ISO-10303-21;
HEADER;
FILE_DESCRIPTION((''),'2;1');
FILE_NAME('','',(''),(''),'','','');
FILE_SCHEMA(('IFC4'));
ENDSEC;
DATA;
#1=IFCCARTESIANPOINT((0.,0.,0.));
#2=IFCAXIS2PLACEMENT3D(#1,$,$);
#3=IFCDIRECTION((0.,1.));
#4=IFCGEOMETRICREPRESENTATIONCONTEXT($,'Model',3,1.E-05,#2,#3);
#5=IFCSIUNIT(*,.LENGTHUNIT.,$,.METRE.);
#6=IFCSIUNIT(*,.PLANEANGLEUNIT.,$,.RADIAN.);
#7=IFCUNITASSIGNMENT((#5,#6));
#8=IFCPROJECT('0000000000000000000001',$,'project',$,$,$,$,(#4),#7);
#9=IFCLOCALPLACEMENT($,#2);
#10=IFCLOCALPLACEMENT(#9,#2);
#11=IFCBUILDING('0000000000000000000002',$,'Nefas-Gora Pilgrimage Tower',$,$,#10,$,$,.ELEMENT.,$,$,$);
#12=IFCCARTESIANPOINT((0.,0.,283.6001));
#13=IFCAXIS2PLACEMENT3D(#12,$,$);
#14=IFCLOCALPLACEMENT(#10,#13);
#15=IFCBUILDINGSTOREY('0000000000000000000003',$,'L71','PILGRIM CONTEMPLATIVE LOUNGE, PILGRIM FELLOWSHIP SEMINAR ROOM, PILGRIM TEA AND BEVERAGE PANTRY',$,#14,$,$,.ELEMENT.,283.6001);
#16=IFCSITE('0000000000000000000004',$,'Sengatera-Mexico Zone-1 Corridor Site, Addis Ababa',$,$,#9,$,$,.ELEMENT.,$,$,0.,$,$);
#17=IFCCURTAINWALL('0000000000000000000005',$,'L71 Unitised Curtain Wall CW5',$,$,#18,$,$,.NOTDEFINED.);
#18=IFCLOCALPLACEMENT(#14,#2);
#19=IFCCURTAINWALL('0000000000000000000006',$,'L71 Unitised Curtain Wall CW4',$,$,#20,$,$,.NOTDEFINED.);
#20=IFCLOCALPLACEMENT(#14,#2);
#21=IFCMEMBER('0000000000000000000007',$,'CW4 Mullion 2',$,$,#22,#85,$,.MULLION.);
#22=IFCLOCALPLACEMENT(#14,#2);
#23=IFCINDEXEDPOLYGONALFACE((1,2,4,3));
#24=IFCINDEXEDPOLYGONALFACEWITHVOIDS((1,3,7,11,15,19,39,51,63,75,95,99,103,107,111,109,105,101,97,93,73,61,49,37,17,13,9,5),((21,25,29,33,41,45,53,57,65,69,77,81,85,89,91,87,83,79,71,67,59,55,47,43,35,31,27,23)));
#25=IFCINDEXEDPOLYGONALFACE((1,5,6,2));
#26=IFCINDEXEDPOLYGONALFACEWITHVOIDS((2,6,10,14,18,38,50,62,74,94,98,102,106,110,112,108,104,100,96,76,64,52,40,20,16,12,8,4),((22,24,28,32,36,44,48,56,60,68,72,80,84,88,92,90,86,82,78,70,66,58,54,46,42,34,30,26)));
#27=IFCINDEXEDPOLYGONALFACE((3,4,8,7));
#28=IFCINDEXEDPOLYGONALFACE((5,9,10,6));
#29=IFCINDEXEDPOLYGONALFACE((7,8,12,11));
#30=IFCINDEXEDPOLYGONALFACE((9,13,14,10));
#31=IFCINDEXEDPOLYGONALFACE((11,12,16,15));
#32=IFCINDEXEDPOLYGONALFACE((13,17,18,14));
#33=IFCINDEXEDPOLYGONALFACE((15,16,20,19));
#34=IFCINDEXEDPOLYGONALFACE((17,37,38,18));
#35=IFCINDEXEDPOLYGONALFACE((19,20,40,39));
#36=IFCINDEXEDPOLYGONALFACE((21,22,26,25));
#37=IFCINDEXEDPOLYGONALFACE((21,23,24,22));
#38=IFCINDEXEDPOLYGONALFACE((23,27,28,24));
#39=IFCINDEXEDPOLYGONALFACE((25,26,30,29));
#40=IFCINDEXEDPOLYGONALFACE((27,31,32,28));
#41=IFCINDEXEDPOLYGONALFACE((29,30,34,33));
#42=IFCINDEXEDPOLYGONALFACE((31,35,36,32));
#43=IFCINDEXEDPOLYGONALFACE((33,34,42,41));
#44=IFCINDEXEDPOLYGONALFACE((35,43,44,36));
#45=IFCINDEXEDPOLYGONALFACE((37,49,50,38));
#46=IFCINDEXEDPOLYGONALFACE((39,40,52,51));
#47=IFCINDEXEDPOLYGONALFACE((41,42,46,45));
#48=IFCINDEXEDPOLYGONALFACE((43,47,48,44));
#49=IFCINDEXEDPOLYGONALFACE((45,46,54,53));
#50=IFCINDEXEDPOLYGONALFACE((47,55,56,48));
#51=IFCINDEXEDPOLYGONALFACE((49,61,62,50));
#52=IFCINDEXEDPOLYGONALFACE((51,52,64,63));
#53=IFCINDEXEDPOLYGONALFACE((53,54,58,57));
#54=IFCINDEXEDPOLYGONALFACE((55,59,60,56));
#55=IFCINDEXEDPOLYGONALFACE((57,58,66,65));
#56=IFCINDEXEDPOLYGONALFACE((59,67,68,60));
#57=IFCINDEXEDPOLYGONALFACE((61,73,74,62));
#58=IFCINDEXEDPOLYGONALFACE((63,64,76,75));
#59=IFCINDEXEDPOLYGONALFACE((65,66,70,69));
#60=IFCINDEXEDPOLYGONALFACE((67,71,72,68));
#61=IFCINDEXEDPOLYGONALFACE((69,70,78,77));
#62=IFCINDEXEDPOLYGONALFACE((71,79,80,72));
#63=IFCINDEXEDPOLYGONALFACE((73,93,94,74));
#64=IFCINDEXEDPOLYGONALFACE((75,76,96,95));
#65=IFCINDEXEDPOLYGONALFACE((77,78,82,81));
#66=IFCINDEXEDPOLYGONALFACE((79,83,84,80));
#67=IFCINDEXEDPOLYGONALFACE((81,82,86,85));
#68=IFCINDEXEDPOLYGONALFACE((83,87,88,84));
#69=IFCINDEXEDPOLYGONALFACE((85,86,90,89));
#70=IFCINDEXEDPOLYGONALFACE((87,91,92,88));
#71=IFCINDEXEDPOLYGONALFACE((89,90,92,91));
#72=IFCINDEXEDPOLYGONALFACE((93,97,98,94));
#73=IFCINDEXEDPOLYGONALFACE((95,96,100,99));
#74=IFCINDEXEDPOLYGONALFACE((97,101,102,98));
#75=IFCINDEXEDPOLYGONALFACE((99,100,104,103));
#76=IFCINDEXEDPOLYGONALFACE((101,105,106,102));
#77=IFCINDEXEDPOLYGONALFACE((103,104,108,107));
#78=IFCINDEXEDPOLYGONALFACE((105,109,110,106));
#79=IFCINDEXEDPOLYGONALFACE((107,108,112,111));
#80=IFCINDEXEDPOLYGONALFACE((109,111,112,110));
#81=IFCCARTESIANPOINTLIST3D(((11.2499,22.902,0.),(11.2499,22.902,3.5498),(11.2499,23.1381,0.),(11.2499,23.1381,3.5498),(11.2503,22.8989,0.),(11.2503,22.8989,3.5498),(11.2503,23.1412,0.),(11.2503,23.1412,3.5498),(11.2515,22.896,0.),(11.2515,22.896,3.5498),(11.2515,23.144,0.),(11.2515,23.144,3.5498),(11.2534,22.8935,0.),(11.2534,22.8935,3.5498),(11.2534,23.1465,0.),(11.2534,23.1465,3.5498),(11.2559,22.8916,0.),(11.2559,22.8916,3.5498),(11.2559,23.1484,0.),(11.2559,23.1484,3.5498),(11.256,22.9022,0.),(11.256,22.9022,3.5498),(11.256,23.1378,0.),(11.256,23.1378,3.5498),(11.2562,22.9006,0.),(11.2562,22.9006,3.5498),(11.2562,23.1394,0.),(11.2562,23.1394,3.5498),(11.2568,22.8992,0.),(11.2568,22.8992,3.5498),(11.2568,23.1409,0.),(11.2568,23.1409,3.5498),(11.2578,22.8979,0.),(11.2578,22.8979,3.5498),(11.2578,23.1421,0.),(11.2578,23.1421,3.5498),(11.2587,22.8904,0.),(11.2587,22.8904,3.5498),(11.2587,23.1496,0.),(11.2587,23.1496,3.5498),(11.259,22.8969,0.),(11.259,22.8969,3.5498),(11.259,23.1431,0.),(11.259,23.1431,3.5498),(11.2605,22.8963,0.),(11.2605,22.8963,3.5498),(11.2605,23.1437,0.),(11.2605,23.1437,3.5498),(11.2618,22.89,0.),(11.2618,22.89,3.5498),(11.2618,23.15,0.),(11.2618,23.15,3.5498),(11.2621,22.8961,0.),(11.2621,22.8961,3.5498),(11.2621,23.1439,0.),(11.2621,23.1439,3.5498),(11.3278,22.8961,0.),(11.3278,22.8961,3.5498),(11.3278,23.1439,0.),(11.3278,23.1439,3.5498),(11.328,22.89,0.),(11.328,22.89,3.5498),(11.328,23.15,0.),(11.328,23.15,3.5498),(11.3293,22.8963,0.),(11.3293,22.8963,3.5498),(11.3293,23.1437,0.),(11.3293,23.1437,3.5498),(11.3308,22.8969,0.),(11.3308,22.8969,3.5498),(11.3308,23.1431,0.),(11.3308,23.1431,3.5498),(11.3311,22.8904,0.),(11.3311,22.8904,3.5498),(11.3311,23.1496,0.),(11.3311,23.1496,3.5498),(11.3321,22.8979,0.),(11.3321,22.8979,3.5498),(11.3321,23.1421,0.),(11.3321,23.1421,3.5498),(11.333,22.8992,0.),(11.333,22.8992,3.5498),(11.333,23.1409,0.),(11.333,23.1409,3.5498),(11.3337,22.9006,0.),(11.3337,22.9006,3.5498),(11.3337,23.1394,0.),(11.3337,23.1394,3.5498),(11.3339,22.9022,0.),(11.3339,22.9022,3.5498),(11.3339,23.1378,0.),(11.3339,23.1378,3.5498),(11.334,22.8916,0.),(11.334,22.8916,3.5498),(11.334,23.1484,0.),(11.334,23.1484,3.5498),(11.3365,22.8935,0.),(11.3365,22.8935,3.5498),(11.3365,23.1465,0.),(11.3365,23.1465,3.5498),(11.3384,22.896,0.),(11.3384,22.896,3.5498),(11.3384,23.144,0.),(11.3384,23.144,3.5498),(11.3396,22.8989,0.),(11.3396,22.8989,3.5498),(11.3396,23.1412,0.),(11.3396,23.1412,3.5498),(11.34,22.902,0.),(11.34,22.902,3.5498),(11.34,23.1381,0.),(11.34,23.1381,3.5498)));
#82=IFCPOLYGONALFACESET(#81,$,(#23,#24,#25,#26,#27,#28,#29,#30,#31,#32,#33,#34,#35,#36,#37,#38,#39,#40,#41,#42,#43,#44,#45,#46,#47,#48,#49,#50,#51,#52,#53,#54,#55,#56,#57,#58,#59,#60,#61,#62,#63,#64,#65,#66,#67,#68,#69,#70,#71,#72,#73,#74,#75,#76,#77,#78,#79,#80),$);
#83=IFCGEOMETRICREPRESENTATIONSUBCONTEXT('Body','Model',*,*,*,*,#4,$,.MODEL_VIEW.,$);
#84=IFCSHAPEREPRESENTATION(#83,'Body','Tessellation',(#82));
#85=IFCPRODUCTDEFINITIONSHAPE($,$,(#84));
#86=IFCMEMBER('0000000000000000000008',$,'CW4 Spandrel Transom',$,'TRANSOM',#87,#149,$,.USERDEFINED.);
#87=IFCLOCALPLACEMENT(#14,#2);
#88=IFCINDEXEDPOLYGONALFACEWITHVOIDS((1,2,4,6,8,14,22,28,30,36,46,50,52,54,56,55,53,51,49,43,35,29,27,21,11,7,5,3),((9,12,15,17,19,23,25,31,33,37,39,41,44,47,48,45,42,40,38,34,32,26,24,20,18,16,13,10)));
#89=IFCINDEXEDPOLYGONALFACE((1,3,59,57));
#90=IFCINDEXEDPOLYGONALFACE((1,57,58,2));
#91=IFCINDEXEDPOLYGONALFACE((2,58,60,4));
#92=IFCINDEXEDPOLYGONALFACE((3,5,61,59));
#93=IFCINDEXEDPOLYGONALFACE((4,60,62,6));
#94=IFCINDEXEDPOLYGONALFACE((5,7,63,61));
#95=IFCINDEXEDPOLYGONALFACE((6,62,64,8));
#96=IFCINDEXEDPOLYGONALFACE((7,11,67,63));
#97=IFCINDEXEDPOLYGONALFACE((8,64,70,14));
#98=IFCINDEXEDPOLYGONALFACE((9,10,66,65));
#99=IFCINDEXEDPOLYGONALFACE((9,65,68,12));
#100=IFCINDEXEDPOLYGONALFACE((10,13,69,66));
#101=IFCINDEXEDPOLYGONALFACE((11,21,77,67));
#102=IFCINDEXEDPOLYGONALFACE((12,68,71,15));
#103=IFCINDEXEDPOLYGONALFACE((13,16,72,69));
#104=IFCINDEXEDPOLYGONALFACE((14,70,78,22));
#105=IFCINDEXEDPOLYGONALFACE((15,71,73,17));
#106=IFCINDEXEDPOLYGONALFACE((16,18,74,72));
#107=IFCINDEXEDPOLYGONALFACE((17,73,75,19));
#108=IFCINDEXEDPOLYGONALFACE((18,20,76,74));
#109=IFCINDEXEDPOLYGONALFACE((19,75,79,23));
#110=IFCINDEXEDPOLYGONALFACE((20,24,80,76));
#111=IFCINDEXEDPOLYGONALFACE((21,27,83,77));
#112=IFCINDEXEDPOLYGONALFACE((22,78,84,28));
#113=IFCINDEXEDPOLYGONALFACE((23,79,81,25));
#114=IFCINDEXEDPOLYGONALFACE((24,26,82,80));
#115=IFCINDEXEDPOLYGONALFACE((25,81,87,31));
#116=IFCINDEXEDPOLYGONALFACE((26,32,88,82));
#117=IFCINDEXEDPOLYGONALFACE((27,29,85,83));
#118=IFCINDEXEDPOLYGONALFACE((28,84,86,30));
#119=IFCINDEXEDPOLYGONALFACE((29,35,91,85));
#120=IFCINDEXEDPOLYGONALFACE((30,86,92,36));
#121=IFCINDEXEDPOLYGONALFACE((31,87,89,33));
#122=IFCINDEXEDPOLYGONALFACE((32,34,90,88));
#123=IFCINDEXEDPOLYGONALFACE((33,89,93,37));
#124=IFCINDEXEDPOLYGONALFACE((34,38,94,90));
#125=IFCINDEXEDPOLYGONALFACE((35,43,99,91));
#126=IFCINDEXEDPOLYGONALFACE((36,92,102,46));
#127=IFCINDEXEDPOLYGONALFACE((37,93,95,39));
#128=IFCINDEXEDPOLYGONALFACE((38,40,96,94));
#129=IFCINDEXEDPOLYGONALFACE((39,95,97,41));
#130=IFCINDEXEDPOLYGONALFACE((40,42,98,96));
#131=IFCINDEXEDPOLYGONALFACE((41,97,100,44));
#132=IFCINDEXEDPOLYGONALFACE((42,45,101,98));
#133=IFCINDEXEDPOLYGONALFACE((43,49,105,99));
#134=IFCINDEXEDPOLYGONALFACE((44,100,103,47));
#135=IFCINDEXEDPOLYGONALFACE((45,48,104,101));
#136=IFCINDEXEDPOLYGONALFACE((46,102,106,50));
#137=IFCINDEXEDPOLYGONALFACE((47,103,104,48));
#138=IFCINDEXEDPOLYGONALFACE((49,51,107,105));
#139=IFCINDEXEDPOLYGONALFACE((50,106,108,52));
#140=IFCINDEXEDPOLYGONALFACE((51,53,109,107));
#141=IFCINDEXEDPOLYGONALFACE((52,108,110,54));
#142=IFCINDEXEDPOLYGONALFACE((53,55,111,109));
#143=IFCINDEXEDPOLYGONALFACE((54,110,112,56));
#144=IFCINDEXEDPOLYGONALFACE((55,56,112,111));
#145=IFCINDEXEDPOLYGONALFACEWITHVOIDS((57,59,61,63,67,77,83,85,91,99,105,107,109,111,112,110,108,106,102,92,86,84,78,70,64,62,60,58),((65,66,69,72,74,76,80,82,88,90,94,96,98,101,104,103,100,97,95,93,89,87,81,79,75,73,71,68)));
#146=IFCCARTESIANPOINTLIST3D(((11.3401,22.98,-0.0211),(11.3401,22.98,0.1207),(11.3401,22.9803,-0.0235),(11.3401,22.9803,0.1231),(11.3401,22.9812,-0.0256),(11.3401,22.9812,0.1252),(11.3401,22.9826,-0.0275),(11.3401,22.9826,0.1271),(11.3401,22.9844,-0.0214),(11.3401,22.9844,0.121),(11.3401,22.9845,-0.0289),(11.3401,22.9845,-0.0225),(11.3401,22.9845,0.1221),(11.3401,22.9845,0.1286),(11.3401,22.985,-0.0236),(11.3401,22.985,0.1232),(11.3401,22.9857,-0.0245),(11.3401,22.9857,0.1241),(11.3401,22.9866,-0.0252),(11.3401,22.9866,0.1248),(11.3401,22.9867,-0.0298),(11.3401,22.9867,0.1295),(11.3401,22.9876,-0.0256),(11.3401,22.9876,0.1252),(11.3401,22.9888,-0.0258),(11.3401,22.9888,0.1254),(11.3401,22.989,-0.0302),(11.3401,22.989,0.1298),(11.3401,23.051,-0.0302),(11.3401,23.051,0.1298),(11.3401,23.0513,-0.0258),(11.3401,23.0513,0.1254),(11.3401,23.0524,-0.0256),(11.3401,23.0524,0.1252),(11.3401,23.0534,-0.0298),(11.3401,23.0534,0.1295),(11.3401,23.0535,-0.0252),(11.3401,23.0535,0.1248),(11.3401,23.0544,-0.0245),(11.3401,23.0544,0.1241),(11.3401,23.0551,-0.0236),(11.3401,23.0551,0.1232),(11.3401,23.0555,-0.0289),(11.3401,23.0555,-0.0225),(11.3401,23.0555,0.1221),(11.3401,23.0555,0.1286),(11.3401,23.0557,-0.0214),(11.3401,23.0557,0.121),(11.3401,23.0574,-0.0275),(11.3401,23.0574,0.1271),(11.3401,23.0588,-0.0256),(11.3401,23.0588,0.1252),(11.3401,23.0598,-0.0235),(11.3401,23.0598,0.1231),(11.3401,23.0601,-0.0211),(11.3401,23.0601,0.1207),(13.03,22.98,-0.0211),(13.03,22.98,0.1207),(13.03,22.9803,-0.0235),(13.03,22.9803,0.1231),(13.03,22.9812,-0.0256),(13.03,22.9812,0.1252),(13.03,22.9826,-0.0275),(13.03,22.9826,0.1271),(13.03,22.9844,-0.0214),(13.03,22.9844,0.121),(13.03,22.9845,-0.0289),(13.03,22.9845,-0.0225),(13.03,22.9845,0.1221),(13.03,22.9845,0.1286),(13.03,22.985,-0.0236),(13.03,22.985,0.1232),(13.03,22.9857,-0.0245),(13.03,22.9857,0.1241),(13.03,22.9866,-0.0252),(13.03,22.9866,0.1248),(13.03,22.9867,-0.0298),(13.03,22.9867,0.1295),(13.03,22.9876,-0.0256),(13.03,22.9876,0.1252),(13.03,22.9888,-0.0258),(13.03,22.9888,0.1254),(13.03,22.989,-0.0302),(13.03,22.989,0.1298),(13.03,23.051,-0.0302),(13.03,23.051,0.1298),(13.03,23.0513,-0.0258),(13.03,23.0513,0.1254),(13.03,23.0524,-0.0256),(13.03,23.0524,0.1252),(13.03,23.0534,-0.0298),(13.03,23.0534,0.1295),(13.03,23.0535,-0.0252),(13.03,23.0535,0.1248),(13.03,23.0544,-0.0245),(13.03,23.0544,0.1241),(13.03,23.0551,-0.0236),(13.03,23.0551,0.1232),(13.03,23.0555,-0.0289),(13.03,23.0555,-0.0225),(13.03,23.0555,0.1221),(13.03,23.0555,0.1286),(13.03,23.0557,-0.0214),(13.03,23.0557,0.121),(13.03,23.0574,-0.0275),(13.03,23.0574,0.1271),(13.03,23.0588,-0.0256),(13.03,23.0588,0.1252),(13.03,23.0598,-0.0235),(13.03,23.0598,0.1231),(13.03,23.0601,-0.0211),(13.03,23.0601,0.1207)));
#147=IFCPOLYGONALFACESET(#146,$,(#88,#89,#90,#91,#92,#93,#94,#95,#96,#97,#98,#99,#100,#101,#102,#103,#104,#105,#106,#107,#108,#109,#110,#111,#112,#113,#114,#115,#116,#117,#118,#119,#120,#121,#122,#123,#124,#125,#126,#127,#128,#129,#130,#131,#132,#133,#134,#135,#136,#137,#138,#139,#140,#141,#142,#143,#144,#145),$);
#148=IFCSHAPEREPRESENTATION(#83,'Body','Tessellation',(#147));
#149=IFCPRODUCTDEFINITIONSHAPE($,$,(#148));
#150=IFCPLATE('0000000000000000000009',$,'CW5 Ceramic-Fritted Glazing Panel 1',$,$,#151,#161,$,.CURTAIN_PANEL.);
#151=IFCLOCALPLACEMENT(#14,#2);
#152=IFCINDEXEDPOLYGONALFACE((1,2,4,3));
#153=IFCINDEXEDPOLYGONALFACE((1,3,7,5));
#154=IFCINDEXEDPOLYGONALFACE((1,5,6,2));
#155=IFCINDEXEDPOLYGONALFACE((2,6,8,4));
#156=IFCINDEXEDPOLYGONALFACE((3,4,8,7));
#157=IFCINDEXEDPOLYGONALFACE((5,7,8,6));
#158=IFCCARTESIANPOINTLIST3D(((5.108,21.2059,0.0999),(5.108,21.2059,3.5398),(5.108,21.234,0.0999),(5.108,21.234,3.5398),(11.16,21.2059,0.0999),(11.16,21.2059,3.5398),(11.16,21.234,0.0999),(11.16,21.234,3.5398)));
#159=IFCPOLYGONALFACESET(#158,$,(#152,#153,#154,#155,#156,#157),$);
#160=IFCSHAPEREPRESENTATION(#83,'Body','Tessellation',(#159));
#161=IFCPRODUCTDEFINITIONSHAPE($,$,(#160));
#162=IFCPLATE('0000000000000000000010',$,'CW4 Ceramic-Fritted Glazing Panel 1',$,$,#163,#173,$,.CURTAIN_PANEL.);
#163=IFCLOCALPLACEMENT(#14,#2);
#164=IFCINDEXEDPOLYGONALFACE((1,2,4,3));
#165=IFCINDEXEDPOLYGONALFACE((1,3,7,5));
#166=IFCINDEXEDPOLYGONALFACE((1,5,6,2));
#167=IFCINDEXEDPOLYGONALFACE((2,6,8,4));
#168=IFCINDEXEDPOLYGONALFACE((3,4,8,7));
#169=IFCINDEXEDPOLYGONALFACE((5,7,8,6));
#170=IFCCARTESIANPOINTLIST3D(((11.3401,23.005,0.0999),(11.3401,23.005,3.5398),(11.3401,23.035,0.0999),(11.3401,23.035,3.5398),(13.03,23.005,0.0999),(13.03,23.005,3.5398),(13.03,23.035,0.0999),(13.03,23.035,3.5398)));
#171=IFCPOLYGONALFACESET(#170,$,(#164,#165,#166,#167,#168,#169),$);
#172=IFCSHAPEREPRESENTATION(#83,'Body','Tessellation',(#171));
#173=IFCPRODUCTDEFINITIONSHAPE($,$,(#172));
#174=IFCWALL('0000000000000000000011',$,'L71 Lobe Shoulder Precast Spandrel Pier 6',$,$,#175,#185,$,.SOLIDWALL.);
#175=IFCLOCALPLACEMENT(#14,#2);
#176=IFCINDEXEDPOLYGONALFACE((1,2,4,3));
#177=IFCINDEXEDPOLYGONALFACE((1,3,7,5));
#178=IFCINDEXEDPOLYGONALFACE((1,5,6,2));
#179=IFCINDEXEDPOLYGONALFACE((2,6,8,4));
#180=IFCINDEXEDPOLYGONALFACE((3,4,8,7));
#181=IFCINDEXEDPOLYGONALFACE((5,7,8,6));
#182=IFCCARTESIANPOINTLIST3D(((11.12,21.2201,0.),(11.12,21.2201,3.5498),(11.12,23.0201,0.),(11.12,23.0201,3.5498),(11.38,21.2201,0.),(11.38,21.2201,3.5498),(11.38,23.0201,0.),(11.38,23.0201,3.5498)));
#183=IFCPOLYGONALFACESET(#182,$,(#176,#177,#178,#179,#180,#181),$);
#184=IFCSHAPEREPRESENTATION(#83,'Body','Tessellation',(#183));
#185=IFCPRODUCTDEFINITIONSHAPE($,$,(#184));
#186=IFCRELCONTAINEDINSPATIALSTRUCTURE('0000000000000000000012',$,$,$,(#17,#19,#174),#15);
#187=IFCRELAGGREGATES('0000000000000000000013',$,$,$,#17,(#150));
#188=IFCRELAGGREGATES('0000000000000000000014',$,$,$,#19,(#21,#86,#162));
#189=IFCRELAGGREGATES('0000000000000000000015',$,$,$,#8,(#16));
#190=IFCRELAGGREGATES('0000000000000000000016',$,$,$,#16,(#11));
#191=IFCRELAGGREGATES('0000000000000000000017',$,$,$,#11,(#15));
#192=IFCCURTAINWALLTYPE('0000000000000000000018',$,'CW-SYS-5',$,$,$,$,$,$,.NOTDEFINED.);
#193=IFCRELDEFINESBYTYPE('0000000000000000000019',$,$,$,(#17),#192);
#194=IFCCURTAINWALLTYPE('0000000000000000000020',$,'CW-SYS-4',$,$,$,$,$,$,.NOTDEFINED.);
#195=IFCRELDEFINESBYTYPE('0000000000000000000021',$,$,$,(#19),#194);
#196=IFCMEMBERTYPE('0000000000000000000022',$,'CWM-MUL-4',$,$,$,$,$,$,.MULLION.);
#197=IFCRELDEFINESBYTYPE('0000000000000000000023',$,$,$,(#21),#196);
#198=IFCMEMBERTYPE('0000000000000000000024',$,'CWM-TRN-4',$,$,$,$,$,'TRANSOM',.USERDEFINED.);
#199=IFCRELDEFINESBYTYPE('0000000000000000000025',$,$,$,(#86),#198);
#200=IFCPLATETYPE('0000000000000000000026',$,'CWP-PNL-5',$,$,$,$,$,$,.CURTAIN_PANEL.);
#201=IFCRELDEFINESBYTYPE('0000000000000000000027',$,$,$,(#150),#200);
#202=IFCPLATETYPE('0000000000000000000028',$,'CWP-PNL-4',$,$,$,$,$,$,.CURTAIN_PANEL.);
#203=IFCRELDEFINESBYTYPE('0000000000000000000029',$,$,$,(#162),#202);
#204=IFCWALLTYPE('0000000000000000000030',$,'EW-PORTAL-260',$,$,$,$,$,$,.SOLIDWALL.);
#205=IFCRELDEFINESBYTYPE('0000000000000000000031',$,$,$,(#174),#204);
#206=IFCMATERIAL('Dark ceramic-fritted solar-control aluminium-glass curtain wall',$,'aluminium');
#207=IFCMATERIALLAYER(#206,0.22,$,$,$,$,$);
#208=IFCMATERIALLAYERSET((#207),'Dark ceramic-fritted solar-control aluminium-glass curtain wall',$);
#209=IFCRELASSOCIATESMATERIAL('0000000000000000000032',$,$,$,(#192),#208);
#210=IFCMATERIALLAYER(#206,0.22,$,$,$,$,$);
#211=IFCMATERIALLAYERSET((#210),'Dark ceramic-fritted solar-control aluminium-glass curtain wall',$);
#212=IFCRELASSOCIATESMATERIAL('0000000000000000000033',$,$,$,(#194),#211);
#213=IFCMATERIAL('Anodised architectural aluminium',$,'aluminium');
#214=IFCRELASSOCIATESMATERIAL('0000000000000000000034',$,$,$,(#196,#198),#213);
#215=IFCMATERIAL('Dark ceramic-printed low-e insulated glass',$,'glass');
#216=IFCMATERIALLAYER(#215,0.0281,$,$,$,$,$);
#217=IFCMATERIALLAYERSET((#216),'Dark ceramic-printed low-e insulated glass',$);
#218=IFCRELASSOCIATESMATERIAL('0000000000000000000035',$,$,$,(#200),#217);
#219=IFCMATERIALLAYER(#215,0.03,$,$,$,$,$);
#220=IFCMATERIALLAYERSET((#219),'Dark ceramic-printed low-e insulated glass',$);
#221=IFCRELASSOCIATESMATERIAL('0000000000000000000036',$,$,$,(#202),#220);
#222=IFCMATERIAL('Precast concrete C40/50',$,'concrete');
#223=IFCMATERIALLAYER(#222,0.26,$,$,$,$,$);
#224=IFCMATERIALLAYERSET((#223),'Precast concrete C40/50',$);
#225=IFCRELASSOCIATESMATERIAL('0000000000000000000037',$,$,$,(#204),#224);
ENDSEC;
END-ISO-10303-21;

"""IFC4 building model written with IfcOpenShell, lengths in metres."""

from ifc_helpers import new_model, si_unit, direction, frame, frame_2d, origin, origin_2d, place, context, subcontext, project, spatial, rectangle, hollow_rectangle, extrude, source, transform, mapped, material, layer, layer_set, material_profile, profile_set, type_object, element, aggregate, save


model = new_model("IFC4")

# Units and contexts
model_context = context("Model", 3, precision=1e-05, world=origin(), true_north=direction((0.0, 1.0)))
body_context = subcontext(model_context, "Body", "Model", "MODEL_VIEW")
ifc_project = project(units=[si_unit("LENGTHUNIT", "METRE"), si_unit("PLANEANGLEUNIT", "RADIAN")], contexts=[model_context])

# Site, building, storey
site_placement = place(None, origin())
site = spatial("IfcSite", under=ifc_project, at=site_placement, Name="Sengatera-Mexico Zone-1 Corridor Site, Addis Ababa", CompositionType="ELEMENT", RefElevation=0.0)
building_placement = place(site_placement, origin())
building = spatial("IfcBuilding", under=site, at=building_placement, Name="Nefas-Gora Pilgrimage Tower", CompositionType="ELEMENT")
storey_placement = place(building_placement, frame((0.0, 0.0, 283.6001)))
storey = spatial("IfcBuildingStorey", under=building, at=storey_placement, Name="L71", Description="PILGRIM CONTEMPLATIVE LOUNGE, PILGRIM FELLOWSHIP SEMINAR ROOM, PILGRIM TEA AND BEVERAGE PANTRY", CompositionType="ELEMENT", Elevation=283.6001)

# Curtain wall
ifc_material_1 = material(Name="Dark ceramic-fritted solar-control aluminium-glass curtain wall", Category="aluminium")
ifc_layer_1 = layer(ifc_material_1, 0.22)
ifc_layer_set_1 = layer_set([ifc_layer_1], Name="Dark ceramic-fritted solar-control aluminium-glass curtain wall")
curtain_wall_type_1 = type_object("IfcCurtainWallType", Name="CW-SYS-5", PredefinedType="NOTDEFINED", material=ifc_layer_set_1)
curtain_wall_1_placement = place(storey_placement, origin())
curtain_wall_1 = element("IfcCurtainWall", 1, at=curtain_wall_1_placement, inside=storey, type_object=curtain_wall_type_1, Name="L71 Unitised Curtain Wall CW5", PredefinedType="NOTDEFINED")
ifc_material_2 = material(Name="Anodised architectural aluminium", Category="aluminium")

# Shared definitions
ifc_layer_2 = layer(ifc_material_1, 0.22)
ifc_layer_set_2 = layer_set([ifc_layer_2], Name="Dark ceramic-fritted solar-control aluminium-glass curtain wall")
curtain_wall_type_2 = type_object("IfcCurtainWallType", Name="CW-SYS-4", PredefinedType="NOTDEFINED", material=ifc_layer_set_2)
ifc_material_profile_1 = material_profile(ifc_material_2, hollow_rectangle(XDim=0.0901, YDim=0.26, WallThickness=0.0061, InnerFilletRadius=0.0061, OuterFilletRadius=0.012, at=origin_2d()), Name="ALU MULLION 90x260")
ifc_profile_set_1 = profile_set([ifc_material_profile_1], Name="Anodised architectural aluminium")
member_type_1 = type_object("IfcMemberType", Name="CWM-MUL-4", PredefinedType="MULLION", material=ifc_profile_set_1)
shared_shape_1 = source(origin(), body_context, "Body", "SweptSolid", [
    extrude(hollow_rectangle(XDim=0.0901, YDim=0.26, WallThickness=0.0061, InnerFilletRadius=0.0061, OuterFilletRadius=0.012, at=origin_2d()), origin(), (0.0, 0.0, 1.0), 3.5498),
])

# Curtain wall, members
curtain_wall_2_placement = place(storey_placement, origin())
curtain_wall_2 = element("IfcCurtainWall", 2, at=curtain_wall_2_placement, inside=storey, type_object=curtain_wall_type_2, Name="L71 Unitised Curtain Wall CW4", PredefinedType="NOTDEFINED")
member_1_placement = place(storey_placement, frame((11.2949, 23.02, 0.0), z_axis=(0.0, 0.0, 1.0), x_axis=(-1.0, 0.0, 0.0)))
member_1 = element("IfcMember", 3, at=member_1_placement, type_object=member_type_1, Name="CW4 Mullion 2", PredefinedType="MULLION", context=body_context, shape_type="MappedRepresentation", body=[
    mapped(shared_shape_1, transform((0.0, 0.0, 0.0), x_axis=(1.0, 0.0, 0.0), y_axis=(0.0, 1.0, 0.0), z_axis=(0.0, 0.0, 1.0), scale=1.0)),
])
ifc_material_profile_2 = material_profile(ifc_material_2, hollow_rectangle(XDim=0.0801, YDim=0.1599, WallThickness=0.0044, InnerFilletRadius=0.0044, OuterFilletRadius=0.009, at=origin_2d()), Name="ALU TRANSOM 80x160")
ifc_profile_set_2 = profile_set([ifc_material_profile_2], Name="Anodised architectural aluminium")
member_type_2 = type_object("IfcMemberType", Name="CWM-TRN-4", ElementType="TRANSOM", PredefinedType="USERDEFINED", material=ifc_profile_set_2)
shared_shape_2 = source(origin(), body_context, "Body", "SweptSolid", [
    extrude(hollow_rectangle(XDim=0.0801, YDim=0.1599, WallThickness=0.0044, InnerFilletRadius=0.0044, OuterFilletRadius=0.009, at=origin_2d()), origin(), (0.0, 0.0, 1.0), 1.6899),
])
member_2_placement = place(storey_placement, frame((13.03, 23.02, 0.0498), z_axis=(-1.0, 0.0, 0.0), x_axis=(0.0, -1.0, 0.0)))
member_2 = element("IfcMember", 4, at=member_2_placement, type_object=member_type_2, Name="CW4 Spandrel Transom", ObjectType="TRANSOM", PredefinedType="USERDEFINED", context=body_context, shape_type="MappedRepresentation", body=[
    mapped(shared_shape_2, transform((0.0, 0.0, 0.0), x_axis=(1.0, 0.0, 0.0), y_axis=(0.0, 1.0, 0.0), z_axis=(0.0, 0.0, 1.0), scale=1.0)),
])

# Plates
ifc_material_3 = material(Name="Dark ceramic-printed low-e insulated glass", Category="glass")
ifc_layer_3 = layer(ifc_material_3, 0.0281)
ifc_layer_set_3 = layer_set([ifc_layer_3], Name="Dark ceramic-printed low-e insulated glass")
plate_type_1 = type_object("IfcPlateType", Name="CWP-PNL-5", PredefinedType="CURTAIN_PANEL", material=ifc_layer_set_3)
shared_shape_3 = source(origin(), body_context, "Body", "SweptSolid", [
    extrude(rectangle(XDim=6.052, YDim=0.0281, at=origin_2d()), origin(), (0.0, 0.0, 1.0), 3.4399),
])
plate_1_placement = place(storey_placement, frame((8.134, 21.22, 0.0999), z_axis=(0.0, 0.0, 1.0), x_axis=(-1.0, 0.0, 0.0)))
plate_1 = element("IfcPlate", 5, at=plate_1_placement, type_object=plate_type_1, Name="CW5 Ceramic-Fritted Glazing Panel 1", PredefinedType="CURTAIN_PANEL", context=body_context, shape_type="MappedRepresentation", body=[
    mapped(shared_shape_3, transform((0.0, 0.0, 0.0), x_axis=(1.0, 0.0, 0.0), y_axis=(0.0, 1.0, 0.0), z_axis=(0.0, 0.0, 1.0), scale=1.0)),
])
aggregate(curtain_wall_1, [plate_1])
ifc_layer_4 = layer(ifc_material_3, 0.03)
ifc_layer_set_4 = layer_set([ifc_layer_4], Name="Dark ceramic-printed low-e insulated glass")
plate_type_2 = type_object("IfcPlateType", Name="CWP-PNL-4", PredefinedType="CURTAIN_PANEL", material=ifc_layer_set_4)
shared_shape_4 = source(origin(), body_context, "Body", "SweptSolid", [
    extrude(rectangle(XDim=1.6899, YDim=0.03, at=origin_2d()), origin(), (0.0, 0.0, 1.0), 3.4399),
])
plate_2_placement = place(storey_placement, frame((12.1851, 23.02, 0.0999), z_axis=(0.0, 0.0, 1.0), x_axis=(-1.0, 0.0, 0.0)))
plate_2 = element("IfcPlate", 6, at=plate_2_placement, type_object=plate_type_2, Name="CW4 Ceramic-Fritted Glazing Panel 1", PredefinedType="CURTAIN_PANEL", context=body_context, shape_type="MappedRepresentation", body=[
    mapped(shared_shape_4, transform((0.0, 0.0, 0.0), x_axis=(1.0, 0.0, 0.0), y_axis=(0.0, 1.0, 0.0), z_axis=(0.0, 0.0, 1.0), scale=1.0)),
])
aggregate(curtain_wall_2, [member_1, member_2, plate_2])

# Wall
ifc_material_4 = material(Name="Precast concrete C40/50", Category="concrete")
ifc_layer_5 = layer(ifc_material_4, 0.26)
ifc_layer_set_5 = layer_set([ifc_layer_5], Name="Precast concrete C40/50")
wall_type_1 = type_object("IfcWallType", Name="EW-PORTAL-260", PredefinedType="SOLIDWALL", material=ifc_layer_set_5)
shared_shape_5 = source(origin(), body_context, "Body", "SweptSolid", [
    extrude(rectangle(XDim=1.8, YDim=0.26, at=frame_2d((0.8999, 0.0))), origin(), (0.0, 0.0, 1.0), 3.5498),
])
wall_1_placement = place(storey_placement, frame((11.25, 23.02, 0.0), z_axis=(0.0, 0.0, 1.0), x_axis=(0.0, -1.0, 0.0)))
element("IfcWall", 7, at=wall_1_placement, inside=storey, type_object=wall_type_1, Name="L71 Lobe Shoulder Precast Spandrel Pier 6", PredefinedType="SOLIDWALL", context=body_context, shape_type="MappedRepresentation", body=[
    mapped(shared_shape_5, transform((0.0, 0.0, 0.0), x_axis=(1.0, 0.0, 0.0), y_axis=(0.0, 1.0, 0.0), z_axis=(0.0, 0.0, 1.0), scale=1.0)),
])

save(model, "model.ifc")
